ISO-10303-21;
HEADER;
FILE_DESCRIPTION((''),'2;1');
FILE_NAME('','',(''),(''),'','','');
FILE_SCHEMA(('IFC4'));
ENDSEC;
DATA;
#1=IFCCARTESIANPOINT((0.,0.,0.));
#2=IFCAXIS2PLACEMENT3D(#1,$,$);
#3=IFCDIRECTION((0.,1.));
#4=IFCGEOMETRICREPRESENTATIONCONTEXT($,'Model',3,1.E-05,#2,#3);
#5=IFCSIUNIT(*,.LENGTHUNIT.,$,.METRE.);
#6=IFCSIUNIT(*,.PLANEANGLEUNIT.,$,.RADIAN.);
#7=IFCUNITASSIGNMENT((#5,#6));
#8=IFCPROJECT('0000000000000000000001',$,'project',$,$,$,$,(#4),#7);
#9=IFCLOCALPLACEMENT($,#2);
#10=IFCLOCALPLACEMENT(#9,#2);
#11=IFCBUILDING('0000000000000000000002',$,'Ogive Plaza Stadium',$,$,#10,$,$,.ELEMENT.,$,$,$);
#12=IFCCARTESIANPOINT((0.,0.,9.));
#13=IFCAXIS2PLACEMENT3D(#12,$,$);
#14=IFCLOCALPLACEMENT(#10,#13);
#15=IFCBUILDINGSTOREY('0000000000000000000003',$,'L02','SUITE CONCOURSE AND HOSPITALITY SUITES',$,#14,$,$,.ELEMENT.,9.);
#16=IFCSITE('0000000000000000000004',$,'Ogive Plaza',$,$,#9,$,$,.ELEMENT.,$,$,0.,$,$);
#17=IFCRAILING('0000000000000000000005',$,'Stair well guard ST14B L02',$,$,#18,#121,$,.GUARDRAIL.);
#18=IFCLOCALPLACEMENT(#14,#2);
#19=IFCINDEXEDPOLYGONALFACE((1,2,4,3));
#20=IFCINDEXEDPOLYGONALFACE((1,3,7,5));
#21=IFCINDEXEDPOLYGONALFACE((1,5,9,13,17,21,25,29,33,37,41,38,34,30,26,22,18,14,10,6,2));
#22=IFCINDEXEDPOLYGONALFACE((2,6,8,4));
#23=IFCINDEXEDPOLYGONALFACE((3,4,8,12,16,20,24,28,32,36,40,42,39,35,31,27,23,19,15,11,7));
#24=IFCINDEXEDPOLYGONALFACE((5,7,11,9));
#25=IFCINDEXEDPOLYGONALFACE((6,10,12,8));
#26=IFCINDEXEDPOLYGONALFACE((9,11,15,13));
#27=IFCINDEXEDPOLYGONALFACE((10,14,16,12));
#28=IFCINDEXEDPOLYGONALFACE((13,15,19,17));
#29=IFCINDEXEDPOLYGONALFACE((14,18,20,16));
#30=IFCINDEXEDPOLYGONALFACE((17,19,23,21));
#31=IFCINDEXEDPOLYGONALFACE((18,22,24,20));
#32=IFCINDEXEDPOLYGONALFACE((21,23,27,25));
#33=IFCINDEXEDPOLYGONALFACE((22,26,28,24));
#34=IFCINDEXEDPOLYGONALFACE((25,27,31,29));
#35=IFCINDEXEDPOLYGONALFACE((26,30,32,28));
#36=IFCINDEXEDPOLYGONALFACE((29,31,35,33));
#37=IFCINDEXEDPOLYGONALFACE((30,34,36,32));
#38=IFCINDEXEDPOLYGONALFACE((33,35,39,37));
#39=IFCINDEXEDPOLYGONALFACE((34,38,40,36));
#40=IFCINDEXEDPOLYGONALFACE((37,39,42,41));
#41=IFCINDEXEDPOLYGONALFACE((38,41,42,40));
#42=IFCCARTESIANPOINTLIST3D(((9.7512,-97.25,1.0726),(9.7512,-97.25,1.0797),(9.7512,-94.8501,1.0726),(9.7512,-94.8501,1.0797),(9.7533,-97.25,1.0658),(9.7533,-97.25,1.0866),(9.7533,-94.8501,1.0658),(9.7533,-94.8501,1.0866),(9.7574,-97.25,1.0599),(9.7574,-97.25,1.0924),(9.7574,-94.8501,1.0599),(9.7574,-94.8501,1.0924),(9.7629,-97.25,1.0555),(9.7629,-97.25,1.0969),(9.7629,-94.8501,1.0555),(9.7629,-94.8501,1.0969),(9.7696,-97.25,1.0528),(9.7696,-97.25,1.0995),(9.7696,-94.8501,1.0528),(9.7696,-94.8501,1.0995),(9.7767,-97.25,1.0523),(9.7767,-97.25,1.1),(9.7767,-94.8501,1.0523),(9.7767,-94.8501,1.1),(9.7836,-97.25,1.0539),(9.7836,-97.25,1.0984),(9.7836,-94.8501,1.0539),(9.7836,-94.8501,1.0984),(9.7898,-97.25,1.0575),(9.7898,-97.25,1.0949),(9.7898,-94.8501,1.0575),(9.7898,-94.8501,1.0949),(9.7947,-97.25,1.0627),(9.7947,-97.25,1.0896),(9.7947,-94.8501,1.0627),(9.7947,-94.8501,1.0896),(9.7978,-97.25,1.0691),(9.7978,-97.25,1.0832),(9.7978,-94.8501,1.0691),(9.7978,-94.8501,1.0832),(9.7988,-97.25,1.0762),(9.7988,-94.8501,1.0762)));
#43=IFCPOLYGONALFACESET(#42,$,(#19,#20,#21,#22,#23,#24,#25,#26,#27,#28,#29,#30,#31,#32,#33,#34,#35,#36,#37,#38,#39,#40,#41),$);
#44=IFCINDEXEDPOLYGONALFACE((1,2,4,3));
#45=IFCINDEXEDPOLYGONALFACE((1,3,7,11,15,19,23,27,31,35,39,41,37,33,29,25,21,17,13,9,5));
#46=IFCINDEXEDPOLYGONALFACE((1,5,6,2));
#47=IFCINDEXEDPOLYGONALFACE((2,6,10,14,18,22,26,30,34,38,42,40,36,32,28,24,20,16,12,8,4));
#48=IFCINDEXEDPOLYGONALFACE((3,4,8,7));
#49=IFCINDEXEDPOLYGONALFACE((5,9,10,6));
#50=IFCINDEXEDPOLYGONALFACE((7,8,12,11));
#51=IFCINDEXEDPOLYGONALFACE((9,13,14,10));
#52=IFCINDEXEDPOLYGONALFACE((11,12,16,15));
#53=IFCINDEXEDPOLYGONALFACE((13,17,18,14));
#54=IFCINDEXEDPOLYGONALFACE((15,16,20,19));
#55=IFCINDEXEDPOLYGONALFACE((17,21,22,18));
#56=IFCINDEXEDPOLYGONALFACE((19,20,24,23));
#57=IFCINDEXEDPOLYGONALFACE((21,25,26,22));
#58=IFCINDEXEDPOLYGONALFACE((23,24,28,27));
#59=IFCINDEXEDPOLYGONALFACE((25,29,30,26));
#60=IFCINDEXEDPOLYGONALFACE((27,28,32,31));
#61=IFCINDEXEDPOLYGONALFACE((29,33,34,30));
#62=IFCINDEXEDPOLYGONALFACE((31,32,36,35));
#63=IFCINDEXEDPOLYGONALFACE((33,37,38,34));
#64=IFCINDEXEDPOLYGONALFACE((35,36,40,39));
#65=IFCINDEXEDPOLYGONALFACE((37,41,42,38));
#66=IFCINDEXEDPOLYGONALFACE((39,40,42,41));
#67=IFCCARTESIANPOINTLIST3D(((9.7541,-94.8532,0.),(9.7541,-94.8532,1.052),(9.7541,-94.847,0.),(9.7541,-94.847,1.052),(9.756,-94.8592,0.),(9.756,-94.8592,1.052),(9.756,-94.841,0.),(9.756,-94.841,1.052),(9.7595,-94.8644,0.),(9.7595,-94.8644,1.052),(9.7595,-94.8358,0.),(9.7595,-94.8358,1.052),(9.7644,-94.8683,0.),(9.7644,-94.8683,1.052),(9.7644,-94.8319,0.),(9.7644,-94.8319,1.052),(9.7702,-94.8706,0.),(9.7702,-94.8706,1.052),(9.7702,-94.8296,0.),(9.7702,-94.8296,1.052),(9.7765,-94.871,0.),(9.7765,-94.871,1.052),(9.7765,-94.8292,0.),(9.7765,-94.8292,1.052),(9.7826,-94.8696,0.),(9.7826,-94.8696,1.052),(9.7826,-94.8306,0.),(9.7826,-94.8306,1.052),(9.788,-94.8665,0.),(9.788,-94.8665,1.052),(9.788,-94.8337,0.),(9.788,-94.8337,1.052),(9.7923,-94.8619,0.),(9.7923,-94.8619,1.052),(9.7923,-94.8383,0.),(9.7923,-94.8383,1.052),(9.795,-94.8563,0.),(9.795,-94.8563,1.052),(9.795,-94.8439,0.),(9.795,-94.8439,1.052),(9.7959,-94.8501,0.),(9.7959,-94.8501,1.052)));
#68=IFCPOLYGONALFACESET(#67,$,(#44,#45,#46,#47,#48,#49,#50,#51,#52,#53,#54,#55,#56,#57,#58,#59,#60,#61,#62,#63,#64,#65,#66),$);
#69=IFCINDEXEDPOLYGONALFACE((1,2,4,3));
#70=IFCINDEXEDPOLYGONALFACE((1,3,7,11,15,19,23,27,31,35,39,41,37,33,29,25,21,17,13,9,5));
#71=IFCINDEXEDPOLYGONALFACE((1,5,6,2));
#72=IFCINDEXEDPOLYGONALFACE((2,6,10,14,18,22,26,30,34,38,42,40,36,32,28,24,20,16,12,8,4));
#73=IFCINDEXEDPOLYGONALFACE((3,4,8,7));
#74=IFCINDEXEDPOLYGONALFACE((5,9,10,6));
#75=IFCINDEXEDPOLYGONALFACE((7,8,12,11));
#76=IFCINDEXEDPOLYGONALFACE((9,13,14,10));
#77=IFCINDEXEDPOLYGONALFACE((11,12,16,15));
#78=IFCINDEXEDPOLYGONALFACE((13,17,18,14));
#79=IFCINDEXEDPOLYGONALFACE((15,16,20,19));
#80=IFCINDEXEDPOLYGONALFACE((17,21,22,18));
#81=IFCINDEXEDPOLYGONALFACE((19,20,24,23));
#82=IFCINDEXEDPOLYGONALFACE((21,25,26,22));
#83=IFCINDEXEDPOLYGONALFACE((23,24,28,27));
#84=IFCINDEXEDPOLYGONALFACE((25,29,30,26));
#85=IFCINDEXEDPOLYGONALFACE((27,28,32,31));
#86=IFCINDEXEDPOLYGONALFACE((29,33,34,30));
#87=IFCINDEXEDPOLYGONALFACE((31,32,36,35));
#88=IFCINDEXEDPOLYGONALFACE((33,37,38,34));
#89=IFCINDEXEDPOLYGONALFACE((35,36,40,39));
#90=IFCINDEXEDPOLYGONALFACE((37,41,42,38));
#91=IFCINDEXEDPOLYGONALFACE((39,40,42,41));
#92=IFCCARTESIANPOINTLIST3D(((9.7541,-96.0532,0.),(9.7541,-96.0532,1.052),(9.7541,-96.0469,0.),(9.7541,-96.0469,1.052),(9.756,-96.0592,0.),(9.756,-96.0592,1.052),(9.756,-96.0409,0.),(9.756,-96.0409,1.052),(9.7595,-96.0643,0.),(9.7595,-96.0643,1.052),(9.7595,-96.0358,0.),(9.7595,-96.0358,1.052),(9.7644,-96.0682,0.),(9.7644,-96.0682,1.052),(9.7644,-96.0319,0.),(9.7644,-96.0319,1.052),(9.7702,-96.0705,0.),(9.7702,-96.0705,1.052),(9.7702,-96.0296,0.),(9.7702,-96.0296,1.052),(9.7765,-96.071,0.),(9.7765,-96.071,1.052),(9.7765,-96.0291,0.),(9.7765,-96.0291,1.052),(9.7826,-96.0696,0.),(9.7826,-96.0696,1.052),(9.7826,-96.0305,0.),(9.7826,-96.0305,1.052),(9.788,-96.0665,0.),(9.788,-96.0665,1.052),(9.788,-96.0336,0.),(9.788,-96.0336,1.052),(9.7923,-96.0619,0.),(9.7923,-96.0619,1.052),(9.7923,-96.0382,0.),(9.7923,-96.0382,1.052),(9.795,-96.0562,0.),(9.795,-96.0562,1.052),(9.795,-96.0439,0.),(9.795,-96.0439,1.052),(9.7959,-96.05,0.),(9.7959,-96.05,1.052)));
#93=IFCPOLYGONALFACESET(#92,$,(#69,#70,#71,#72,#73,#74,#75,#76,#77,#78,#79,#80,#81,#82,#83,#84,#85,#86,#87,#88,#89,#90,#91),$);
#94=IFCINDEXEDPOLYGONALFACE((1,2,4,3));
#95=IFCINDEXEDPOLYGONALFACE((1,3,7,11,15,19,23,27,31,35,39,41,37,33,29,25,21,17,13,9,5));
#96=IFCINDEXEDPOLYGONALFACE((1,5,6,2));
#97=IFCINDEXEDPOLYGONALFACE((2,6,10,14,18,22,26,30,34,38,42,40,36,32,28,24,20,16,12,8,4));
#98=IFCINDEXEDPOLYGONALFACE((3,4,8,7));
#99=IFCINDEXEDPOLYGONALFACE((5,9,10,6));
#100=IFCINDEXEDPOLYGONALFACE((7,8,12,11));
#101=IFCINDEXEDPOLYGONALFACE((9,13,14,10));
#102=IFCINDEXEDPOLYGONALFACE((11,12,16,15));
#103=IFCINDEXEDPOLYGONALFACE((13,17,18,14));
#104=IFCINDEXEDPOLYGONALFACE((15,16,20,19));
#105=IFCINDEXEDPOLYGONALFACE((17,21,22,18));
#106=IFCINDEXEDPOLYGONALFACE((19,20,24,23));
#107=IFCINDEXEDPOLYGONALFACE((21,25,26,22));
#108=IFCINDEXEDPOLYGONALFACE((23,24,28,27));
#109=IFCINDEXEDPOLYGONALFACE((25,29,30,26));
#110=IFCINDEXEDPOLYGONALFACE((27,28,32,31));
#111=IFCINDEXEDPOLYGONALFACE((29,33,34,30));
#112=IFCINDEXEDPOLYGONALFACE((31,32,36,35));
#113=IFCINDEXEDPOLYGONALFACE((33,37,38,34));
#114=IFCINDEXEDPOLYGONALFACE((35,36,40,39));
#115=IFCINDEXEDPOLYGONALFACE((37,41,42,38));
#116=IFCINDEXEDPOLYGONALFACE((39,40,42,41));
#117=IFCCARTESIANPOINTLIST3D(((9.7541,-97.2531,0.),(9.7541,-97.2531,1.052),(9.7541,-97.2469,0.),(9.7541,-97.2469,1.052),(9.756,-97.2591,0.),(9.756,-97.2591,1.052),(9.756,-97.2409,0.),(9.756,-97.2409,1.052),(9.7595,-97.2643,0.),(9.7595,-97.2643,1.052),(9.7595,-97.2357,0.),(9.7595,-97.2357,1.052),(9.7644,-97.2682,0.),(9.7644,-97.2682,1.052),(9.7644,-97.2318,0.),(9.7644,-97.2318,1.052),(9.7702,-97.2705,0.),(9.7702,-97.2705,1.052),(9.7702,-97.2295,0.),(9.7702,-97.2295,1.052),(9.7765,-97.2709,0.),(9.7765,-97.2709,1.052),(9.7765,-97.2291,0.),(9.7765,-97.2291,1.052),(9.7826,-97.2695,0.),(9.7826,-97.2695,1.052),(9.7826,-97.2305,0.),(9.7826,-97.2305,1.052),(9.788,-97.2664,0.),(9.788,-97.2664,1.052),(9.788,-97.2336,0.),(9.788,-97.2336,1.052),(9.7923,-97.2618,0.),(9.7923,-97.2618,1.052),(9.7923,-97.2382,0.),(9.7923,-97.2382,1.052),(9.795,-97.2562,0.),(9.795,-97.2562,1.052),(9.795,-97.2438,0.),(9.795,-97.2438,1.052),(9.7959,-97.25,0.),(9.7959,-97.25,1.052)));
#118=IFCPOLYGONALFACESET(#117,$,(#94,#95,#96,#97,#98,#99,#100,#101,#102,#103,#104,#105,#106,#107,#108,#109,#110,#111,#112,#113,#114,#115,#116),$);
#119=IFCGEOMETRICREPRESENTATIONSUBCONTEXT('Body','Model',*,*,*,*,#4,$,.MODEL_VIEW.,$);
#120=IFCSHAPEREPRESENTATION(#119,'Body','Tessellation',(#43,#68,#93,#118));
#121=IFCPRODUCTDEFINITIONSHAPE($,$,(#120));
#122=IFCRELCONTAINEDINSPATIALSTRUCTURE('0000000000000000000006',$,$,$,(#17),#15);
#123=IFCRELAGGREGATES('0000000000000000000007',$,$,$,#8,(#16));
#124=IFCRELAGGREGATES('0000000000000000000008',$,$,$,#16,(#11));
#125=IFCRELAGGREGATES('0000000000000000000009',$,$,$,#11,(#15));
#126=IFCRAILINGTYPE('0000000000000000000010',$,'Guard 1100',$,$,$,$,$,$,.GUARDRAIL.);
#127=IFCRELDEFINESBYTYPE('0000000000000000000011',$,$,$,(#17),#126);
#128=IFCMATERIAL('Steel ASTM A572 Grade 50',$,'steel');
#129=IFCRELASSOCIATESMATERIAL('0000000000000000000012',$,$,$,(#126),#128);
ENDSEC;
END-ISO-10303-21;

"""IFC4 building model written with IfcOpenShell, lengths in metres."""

from ifc_helpers import new_model, si_unit, direction, frame, origin, origin_2d, place, context, subcontext, project, spatial, circle, extrude, material, type_object, element, save


model = new_model("IFC4")

# Units and contexts
model_context = context("Model", 3, precision=1e-05, world=origin(), true_north=direction((0.0, 1.0)))
body_context = subcontext(model_context, "Body", "Model", "MODEL_VIEW")
ifc_project = project(units=[si_unit("LENGTHUNIT", "METRE"), si_unit("PLANEANGLEUNIT", "RADIAN")], contexts=[model_context])

# Site, building, storey
site_placement = place(None, origin())
site = spatial("IfcSite", under=ifc_project, at=site_placement, Name="Ogive Plaza", CompositionType="ELEMENT", RefElevation=0.0)
building_placement = place(site_placement, origin())
building = spatial("IfcBuilding", under=site, at=building_placement, Name="Ogive Plaza Stadium", CompositionType="ELEMENT")
storey_placement = place(building_placement, frame((0.0, 0.0, 9.0)))
storey = spatial("IfcBuildingStorey", under=building, at=storey_placement, Name="L02", Description="SUITE CONCOURSE AND HOSPITALITY SUITES", CompositionType="ELEMENT", Elevation=9.0)

# Railing
ifc_material_1 = material(Name="Steel ASTM A572 Grade 50", Category="steel")
railing_type_1 = type_object("IfcRailingType", Name="Guard 1100", PredefinedType="GUARDRAIL", material=ifc_material_1)
railing_1_placement = place(storey_placement, frame((9.7749, -94.8501, 0.0)))
element("IfcRailing", 1, at=railing_1_placement, inside=storey, type_object=railing_type_1, Name="Stair well guard ST14B L02", PredefinedType="GUARDRAIL", context=body_context, shape_type="SweptSolid", body=[
    extrude(circle(Radius=0.0239, at=origin_2d()), frame((0.0, 0.0, 1.0762), z_axis=(0.0, -1.0, 0.0), x_axis=(1.0, 0.0, 0.0)), (0.0, 0.0, 1.0), 2.3999),
    extrude(circle(Radius=0.021, at=origin_2d()), origin(), (0.0, 0.0, 1.0), 1.052),
    extrude(circle(Radius=0.021, at=origin_2d()), frame((0.0, -1.2, 0.0)), (0.0, 0.0, 1.0), 1.052),
    extrude(circle(Radius=0.021, at=origin_2d()), frame((0.0, -2.3999, 0.0)), (0.0, 0.0, 1.0), 1.052),
])

save(model, "model.ifc")
